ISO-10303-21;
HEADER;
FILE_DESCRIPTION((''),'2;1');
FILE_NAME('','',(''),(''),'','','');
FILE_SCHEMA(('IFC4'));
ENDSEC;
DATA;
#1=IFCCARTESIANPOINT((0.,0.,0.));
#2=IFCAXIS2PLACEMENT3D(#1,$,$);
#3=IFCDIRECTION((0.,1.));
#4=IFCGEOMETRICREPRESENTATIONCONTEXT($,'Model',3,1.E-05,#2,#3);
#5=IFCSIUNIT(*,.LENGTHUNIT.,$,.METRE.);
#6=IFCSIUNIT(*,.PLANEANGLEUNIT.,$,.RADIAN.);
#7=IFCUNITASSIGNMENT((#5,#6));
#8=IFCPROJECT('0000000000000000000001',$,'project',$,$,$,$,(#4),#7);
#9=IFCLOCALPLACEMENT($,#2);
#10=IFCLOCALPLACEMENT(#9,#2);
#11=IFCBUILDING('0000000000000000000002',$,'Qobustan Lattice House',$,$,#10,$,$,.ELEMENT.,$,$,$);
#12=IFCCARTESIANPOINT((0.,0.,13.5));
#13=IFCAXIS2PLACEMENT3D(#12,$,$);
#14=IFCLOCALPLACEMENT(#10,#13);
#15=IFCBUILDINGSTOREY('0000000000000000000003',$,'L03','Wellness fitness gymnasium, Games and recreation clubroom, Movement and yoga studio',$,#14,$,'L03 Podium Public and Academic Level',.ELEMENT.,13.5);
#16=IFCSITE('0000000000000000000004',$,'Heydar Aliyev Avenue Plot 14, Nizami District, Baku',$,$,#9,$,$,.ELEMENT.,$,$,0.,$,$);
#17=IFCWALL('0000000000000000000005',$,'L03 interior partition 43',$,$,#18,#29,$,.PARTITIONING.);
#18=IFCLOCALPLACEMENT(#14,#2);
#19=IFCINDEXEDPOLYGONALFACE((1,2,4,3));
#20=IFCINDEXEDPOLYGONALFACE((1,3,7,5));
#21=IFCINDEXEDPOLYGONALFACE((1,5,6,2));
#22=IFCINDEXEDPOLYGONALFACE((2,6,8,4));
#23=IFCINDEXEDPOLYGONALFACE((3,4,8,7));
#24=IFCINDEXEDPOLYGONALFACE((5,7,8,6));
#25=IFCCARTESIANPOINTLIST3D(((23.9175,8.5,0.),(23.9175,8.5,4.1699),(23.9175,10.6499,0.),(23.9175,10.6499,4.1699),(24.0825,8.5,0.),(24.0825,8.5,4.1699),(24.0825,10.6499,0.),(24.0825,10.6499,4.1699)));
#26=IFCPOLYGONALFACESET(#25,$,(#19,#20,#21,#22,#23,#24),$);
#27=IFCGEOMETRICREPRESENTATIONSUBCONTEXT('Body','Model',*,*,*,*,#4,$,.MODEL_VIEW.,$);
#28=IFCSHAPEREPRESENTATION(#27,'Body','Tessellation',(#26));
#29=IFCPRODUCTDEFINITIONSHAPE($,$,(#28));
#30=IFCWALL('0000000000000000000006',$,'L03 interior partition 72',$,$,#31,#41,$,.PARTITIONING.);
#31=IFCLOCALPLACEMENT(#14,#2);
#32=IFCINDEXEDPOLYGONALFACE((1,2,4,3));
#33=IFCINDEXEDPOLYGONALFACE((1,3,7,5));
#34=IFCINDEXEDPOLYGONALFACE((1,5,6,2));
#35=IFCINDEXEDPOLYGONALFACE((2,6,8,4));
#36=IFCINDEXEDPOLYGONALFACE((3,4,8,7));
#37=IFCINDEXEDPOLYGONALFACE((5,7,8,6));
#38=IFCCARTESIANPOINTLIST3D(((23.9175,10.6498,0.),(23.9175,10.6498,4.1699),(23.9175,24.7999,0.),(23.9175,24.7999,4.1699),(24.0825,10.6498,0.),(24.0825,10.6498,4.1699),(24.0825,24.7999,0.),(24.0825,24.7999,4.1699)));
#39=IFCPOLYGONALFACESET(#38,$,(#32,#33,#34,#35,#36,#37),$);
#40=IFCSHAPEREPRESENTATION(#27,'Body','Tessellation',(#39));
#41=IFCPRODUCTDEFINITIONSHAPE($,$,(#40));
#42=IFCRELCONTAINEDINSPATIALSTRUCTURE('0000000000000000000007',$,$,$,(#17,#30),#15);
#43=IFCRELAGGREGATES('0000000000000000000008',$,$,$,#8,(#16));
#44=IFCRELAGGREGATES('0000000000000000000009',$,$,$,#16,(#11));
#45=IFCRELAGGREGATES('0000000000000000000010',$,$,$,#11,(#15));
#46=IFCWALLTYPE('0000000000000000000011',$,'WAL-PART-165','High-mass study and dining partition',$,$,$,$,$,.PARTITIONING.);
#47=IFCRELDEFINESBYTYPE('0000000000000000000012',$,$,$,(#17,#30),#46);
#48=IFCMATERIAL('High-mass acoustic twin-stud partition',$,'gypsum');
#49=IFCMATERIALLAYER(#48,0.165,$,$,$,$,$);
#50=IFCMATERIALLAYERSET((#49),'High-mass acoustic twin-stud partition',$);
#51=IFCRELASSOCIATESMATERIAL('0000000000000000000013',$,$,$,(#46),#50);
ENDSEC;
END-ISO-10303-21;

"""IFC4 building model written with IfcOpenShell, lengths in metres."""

from ifc_helpers import new_model, si_unit, direction, frame, frame_2d, origin, place, context, subcontext, project, spatial, rectangle, extrude, material, layer, layer_set, type_object, element, save


model = new_model("IFC4")

# Units and contexts
model_context = context("Model", 3, precision=1e-05, world=origin(), true_north=direction((0.0, 1.0)))
body_context = subcontext(model_context, "Body", "Model", "MODEL_VIEW")
ifc_project = project(units=[si_unit("LENGTHUNIT", "METRE"), si_unit("PLANEANGLEUNIT", "RADIAN")], contexts=[model_context])

# Site, building, storey
site_placement = place(None, origin())
site = spatial("IfcSite", under=ifc_project, at=site_placement, Name="Heydar Aliyev Avenue Plot 14, Nizami District, Baku", CompositionType="ELEMENT", RefElevation=0.0)
building_placement = place(site_placement, origin())
building = spatial("IfcBuilding", under=site, at=building_placement, Name="Qobustan Lattice House", CompositionType="ELEMENT")
storey_placement = place(building_placement, frame((0.0, 0.0, 13.5)))
storey = spatial("IfcBuildingStorey", under=building, at=storey_placement, Name="L03", Description="Wellness fitness gymnasium, Games and recreation clubroom, Movement and yoga studio", LongName="L03 Podium Public and Academic Level", CompositionType="ELEMENT", Elevation=13.5)

# Walls
ifc_material_1 = material(Name="High-mass acoustic twin-stud partition", Category="gypsum")
ifc_layer_1 = layer(ifc_material_1, 0.165)
ifc_layer_set_1 = layer_set([ifc_layer_1], Name="High-mass acoustic twin-stud partition")
wall_type_1 = type_object("IfcWallType", Name="WAL-PART-165", Description="High-mass study and dining partition", PredefinedType="PARTITIONING", material=ifc_layer_set_1)
wall_1_placement = place(storey_placement, frame((24.0, 10.6499, 0.0), z_axis=(0.0, 0.0, 1.0), x_axis=(0.0, -1.0, 0.0)))
element("IfcWall", 1, at=wall_1_placement, inside=storey, type_object=wall_type_1, Name="L03 interior partition 43", PredefinedType="PARTITIONING", context=body_context, shape_type="SweptSolid", body=[
    extrude(rectangle(XDim=2.1499, YDim=0.165, at=frame_2d((1.075, 0.0))), origin(), (0.0, 0.0, 1.0), 4.1699),
])
wall_2_placement = place(storey_placement, frame((24.0, 24.8, 0.0), z_axis=(0.0, 0.0, 1.0), x_axis=(0.0, -1.0, 0.0)))
element("IfcWall", 2, at=wall_2_placement, inside=storey, type_object=wall_type_1, Name="L03 interior partition 72", PredefinedType="PARTITIONING", context=body_context, shape_type="SweptSolid", body=[
    extrude(rectangle(XDim=14.1501, YDim=0.165, at=frame_2d((7.0752, 0.0))), origin(), (0.0, 0.0, 1.0), 4.1699),
])

save(model, "model.ifc")
